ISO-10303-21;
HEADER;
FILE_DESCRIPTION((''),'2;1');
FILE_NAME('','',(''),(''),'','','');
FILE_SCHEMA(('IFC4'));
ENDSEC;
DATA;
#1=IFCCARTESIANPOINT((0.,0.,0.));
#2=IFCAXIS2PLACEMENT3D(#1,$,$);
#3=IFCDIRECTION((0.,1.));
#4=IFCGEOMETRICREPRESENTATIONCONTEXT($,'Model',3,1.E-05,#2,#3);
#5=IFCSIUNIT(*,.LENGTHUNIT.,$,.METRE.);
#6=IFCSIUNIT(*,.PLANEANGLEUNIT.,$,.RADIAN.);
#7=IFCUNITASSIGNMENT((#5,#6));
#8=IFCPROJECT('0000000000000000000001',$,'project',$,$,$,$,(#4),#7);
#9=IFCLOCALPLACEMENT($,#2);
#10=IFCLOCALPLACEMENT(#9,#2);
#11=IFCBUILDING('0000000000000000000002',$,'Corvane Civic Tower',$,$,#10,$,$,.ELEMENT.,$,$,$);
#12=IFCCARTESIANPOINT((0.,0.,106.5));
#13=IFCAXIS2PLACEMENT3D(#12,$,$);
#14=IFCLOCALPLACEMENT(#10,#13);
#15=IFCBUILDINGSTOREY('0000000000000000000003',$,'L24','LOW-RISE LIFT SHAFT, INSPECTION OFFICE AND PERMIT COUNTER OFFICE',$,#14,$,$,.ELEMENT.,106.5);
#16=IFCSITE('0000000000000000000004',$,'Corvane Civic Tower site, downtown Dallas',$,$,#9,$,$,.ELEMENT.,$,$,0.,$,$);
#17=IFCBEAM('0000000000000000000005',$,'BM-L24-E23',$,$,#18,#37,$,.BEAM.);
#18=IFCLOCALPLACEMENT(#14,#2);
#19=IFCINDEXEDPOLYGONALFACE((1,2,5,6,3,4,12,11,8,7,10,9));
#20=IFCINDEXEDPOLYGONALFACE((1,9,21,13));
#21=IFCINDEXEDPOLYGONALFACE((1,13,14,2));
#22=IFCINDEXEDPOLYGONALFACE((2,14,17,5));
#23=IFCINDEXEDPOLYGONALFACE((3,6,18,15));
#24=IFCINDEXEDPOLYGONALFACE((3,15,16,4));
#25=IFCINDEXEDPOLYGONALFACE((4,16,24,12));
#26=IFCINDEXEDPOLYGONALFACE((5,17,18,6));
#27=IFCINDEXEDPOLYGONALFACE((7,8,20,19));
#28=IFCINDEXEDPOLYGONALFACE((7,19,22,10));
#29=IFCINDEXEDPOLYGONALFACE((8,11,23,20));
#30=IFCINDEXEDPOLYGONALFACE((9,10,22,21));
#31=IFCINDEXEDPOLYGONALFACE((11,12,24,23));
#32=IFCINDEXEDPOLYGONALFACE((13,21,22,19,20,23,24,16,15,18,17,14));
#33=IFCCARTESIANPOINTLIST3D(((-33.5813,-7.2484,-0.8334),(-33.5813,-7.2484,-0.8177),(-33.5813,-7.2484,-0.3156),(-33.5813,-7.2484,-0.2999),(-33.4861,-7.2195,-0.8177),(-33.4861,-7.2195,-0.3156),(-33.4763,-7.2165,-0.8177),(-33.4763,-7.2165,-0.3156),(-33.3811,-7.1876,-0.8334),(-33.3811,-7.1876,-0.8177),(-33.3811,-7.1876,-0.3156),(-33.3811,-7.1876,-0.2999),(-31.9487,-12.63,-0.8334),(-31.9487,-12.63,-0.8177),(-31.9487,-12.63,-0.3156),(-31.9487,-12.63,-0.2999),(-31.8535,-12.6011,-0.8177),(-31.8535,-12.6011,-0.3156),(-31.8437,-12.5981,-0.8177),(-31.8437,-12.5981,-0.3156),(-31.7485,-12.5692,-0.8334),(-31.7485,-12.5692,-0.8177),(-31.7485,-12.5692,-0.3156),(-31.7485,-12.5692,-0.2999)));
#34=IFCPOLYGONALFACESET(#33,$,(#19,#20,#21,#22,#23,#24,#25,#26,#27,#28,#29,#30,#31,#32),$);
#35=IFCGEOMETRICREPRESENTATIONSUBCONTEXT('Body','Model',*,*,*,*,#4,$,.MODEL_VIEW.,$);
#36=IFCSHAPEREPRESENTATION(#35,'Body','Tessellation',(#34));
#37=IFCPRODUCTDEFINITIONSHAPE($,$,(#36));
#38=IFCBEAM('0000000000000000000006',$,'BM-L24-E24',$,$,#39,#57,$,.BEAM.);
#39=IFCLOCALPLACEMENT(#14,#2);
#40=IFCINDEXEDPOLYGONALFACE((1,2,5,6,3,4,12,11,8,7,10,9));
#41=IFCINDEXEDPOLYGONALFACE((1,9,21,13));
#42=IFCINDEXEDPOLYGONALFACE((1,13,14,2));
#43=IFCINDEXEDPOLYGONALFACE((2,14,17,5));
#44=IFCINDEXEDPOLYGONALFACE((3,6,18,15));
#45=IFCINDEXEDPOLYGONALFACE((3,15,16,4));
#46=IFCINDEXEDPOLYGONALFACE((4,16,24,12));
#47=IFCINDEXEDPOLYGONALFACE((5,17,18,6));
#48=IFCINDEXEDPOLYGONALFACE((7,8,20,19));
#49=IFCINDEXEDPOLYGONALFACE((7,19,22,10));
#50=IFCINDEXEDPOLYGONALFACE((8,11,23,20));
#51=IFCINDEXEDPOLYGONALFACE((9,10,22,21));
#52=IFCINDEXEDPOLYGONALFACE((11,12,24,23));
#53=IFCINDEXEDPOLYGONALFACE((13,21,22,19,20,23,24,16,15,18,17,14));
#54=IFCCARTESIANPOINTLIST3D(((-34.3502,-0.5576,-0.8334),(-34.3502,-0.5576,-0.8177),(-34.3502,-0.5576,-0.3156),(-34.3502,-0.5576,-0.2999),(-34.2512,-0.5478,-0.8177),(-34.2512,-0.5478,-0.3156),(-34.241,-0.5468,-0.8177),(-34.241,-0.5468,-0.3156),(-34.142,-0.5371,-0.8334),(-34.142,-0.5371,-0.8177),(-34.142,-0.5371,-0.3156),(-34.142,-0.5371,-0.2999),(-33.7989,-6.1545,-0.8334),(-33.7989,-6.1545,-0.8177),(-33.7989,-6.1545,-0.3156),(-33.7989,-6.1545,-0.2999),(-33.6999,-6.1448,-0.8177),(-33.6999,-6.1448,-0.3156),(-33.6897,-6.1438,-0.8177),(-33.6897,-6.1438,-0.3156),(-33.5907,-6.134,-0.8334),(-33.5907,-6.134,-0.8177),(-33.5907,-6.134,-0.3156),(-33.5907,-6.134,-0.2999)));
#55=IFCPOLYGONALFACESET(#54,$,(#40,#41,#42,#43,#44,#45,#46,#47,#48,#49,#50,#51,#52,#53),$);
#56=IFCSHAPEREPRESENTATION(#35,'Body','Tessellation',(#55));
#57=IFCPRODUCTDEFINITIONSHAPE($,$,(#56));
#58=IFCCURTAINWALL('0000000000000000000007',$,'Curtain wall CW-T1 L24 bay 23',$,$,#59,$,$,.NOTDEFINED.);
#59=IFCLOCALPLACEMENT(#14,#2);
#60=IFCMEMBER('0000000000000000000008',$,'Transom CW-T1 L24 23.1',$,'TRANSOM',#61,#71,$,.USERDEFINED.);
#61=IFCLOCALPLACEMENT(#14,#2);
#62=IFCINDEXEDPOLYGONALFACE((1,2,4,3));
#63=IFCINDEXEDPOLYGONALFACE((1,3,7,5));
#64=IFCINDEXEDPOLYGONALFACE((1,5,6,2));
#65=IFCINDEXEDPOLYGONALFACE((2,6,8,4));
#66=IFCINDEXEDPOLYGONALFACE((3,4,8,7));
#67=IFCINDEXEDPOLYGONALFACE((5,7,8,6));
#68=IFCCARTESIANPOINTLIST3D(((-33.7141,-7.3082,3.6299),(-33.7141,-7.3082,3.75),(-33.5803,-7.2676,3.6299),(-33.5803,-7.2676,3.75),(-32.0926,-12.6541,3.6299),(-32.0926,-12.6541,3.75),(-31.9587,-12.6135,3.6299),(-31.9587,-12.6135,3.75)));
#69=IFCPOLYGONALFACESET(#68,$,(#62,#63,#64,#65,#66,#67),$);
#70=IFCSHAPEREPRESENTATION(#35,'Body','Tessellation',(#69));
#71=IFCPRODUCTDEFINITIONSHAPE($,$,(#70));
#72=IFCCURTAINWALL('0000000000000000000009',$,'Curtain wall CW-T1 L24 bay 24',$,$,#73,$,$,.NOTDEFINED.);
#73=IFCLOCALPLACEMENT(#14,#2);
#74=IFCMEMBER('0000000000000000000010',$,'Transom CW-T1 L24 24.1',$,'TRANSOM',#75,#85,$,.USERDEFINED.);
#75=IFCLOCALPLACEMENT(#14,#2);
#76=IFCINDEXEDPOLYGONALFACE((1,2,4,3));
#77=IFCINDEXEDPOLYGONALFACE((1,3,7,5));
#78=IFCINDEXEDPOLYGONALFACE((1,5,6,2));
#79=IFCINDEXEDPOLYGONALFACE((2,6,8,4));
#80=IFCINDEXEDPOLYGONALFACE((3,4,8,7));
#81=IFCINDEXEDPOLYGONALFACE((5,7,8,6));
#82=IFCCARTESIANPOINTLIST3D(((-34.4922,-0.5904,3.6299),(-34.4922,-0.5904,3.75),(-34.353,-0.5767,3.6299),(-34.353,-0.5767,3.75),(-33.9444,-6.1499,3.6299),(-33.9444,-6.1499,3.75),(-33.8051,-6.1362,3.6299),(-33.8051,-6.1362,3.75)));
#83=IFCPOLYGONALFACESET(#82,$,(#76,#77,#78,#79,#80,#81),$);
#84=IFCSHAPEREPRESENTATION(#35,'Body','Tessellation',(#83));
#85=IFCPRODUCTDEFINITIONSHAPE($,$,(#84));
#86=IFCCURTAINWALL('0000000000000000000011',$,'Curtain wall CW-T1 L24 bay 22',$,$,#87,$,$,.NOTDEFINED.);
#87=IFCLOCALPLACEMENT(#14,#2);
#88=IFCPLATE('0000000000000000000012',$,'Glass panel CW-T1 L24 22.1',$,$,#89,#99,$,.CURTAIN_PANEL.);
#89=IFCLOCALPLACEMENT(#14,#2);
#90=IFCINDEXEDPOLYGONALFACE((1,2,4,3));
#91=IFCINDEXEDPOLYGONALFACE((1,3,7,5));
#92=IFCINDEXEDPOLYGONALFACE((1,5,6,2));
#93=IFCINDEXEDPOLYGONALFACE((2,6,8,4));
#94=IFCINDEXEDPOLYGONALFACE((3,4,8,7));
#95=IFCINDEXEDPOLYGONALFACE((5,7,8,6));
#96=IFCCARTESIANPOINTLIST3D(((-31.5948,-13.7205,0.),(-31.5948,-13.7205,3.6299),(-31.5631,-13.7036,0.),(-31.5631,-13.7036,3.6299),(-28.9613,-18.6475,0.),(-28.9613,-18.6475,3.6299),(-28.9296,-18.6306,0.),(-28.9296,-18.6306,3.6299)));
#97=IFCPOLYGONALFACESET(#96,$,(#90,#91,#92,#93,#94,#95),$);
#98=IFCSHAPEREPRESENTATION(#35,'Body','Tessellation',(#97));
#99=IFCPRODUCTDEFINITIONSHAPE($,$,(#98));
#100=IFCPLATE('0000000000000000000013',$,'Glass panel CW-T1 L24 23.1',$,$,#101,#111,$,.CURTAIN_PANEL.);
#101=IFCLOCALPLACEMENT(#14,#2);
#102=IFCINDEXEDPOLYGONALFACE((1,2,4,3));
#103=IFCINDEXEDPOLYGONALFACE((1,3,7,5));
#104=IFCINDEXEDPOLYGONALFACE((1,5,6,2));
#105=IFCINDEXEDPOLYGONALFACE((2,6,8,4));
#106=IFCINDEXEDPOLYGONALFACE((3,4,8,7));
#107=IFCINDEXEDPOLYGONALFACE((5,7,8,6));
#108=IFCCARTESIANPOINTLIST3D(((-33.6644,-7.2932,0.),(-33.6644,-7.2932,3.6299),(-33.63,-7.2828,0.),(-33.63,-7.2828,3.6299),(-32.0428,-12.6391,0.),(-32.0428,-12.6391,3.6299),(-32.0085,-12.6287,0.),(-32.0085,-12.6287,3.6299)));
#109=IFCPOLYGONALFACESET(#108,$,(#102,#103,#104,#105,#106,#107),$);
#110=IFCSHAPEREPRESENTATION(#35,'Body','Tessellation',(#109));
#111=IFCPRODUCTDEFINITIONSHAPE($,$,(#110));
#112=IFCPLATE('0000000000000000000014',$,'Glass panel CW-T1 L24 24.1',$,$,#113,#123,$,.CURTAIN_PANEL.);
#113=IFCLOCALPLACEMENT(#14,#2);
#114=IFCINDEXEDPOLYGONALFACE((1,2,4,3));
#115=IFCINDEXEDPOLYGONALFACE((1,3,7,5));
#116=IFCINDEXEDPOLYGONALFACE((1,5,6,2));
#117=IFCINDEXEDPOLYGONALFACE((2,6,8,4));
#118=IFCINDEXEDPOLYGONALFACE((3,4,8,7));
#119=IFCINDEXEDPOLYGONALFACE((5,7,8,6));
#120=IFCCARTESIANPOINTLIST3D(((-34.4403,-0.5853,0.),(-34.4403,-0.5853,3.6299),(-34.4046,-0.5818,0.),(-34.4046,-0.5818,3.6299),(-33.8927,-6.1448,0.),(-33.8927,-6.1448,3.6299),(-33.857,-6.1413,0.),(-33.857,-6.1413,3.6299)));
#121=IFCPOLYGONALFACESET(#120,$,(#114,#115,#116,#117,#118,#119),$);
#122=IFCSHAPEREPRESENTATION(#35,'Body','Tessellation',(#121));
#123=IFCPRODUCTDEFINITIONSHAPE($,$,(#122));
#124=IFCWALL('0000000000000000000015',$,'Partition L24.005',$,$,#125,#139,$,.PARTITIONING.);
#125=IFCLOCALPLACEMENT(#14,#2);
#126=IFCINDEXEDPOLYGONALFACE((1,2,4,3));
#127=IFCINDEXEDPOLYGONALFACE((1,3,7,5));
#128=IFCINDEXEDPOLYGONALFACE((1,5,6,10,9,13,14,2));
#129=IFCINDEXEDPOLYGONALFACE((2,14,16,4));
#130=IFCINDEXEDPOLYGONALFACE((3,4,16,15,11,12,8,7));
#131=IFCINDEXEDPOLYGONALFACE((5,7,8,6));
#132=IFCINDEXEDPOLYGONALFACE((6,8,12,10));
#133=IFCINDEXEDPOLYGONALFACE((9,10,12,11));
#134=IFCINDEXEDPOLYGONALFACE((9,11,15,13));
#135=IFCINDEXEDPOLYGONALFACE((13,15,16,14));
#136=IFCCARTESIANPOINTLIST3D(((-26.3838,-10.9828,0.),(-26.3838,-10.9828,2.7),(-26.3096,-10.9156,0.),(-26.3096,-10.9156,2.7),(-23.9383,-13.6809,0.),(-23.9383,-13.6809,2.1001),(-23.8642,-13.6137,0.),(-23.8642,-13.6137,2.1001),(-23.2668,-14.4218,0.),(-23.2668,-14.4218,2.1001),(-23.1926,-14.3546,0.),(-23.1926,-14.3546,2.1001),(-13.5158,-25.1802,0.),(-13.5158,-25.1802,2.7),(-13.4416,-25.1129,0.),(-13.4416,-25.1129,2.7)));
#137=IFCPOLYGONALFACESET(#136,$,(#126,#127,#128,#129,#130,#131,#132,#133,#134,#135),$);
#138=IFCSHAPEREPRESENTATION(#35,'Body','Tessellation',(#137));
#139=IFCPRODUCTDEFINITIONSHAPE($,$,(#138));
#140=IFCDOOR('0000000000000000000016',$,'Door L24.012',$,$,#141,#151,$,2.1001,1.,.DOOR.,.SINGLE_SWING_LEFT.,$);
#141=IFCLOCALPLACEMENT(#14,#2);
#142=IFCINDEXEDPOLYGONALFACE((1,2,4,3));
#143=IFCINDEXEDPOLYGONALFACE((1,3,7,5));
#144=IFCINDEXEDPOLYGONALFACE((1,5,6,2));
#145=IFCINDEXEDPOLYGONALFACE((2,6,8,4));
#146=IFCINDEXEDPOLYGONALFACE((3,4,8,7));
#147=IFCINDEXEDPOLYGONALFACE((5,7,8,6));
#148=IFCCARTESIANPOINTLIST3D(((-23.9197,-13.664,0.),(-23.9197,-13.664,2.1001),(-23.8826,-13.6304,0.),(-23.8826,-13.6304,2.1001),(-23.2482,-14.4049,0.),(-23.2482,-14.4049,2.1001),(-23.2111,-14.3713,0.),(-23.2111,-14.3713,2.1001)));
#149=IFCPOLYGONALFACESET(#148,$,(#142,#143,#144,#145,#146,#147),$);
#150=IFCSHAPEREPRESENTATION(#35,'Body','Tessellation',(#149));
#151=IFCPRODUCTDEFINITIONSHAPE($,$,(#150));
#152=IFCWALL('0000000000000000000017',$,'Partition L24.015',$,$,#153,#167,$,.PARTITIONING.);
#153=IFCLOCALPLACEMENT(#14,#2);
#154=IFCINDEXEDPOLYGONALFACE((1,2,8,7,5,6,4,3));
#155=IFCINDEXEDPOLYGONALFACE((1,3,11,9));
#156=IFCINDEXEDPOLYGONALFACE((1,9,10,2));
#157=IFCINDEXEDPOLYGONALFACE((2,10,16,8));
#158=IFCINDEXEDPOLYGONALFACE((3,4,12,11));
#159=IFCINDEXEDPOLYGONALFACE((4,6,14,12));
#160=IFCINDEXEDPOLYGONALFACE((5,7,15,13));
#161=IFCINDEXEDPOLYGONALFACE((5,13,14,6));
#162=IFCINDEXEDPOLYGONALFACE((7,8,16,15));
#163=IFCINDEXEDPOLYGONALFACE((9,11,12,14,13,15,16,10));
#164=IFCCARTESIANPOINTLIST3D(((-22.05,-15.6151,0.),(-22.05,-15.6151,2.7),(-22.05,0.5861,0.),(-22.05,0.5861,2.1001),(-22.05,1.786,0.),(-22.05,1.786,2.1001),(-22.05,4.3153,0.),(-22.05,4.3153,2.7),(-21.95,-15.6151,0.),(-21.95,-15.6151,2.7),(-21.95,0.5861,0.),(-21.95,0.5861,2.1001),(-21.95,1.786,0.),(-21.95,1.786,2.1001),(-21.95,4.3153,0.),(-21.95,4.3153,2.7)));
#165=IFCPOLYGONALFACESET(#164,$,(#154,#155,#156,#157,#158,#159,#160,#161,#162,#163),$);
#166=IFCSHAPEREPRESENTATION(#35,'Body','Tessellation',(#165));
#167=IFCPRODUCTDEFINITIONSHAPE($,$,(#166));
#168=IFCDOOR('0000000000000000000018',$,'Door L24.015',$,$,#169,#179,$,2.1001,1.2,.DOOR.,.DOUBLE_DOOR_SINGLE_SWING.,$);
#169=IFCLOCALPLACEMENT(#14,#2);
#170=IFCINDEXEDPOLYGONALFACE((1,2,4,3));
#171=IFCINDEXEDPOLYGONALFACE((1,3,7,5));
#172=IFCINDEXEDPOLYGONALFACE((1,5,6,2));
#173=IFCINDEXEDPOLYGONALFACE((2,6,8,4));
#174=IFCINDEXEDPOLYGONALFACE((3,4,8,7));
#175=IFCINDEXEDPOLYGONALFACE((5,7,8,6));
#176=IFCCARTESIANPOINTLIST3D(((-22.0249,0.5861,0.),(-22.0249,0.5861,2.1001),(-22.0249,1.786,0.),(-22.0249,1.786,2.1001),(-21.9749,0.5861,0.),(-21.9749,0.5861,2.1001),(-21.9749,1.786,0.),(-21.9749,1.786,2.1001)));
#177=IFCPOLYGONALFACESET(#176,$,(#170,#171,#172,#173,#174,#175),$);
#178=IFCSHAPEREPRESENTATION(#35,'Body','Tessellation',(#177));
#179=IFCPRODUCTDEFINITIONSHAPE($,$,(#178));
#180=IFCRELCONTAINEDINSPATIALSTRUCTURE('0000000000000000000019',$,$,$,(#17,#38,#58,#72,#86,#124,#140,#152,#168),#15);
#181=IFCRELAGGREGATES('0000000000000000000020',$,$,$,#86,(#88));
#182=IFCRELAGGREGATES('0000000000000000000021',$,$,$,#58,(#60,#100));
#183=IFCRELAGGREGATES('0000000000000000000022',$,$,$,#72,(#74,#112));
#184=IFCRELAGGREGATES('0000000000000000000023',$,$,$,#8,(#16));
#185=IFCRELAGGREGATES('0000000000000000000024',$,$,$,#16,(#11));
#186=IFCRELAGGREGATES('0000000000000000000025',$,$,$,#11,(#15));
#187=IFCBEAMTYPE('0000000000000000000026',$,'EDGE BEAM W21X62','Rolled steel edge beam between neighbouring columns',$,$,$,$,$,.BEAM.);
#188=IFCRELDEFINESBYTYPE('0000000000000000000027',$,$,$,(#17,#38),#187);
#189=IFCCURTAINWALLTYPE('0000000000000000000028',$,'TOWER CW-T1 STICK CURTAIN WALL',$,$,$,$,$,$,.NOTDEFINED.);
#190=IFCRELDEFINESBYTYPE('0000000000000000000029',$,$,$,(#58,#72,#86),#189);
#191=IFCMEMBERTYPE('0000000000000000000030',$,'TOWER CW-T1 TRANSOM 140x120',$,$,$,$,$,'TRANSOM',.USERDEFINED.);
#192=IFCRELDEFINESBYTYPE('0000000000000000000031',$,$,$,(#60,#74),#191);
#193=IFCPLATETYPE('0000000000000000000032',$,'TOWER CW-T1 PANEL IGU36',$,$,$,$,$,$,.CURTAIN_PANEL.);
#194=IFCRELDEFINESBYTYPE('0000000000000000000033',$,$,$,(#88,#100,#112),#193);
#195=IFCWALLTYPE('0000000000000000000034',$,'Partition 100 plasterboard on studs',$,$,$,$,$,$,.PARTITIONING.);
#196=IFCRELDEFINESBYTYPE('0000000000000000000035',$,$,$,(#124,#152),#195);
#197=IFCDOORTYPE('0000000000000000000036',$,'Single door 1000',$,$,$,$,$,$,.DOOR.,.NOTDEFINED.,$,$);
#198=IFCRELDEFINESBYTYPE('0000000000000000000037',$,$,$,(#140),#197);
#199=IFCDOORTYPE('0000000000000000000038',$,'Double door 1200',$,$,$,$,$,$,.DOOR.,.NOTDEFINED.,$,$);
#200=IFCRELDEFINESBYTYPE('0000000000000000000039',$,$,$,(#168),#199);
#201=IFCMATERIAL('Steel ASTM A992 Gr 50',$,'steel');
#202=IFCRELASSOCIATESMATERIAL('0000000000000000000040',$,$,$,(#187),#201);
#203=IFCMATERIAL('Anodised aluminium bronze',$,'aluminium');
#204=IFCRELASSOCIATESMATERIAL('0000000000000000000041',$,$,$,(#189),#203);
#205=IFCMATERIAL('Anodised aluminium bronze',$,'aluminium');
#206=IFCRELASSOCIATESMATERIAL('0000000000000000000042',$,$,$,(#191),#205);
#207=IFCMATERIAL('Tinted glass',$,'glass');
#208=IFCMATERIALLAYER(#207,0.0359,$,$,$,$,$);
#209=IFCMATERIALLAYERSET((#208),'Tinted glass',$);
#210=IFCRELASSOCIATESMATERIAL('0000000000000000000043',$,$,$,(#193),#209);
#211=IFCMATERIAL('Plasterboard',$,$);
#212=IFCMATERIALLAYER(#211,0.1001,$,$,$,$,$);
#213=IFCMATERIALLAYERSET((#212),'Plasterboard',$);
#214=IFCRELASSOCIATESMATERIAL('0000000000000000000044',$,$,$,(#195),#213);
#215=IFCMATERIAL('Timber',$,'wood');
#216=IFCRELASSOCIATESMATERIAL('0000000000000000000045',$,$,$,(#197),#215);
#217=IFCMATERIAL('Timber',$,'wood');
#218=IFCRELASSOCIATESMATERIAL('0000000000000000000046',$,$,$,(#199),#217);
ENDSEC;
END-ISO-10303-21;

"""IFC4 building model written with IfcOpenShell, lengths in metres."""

from ifc_helpers import new_model, si_unit, direction, frame, frame_2d, origin, origin_2d, place, context, subcontext, project, spatial, rectangle, i_section, extrude, material, layer, layer_set, material_profile, profile_set, type_object, element, fill, aggregate, save


model = new_model("IFC4")

# Units and contexts
model_context = context("Model", 3, precision=1e-05, world=origin(), true_north=direction((0.0, 1.0)))
body_context = subcontext(model_context, "Body", "Model", "MODEL_VIEW")
ifc_project = project(units=[si_unit("LENGTHUNIT", "METRE"), si_unit("PLANEANGLEUNIT", "RADIAN")], contexts=[model_context])

# Site, building, storey
site_placement = place(None, origin())
site = spatial("IfcSite", under=ifc_project, at=site_placement, Name="Corvane Civic Tower site, downtown Dallas", CompositionType="ELEMENT", RefElevation=0.0)
building_placement = place(site_placement, origin())
building = spatial("IfcBuilding", under=site, at=building_placement, Name="Corvane Civic Tower", CompositionType="ELEMENT")
storey_placement = place(building_placement, frame((0.0, 0.0, 106.5)))
storey = spatial("IfcBuildingStorey", under=building, at=storey_placement, Name="L24", Description="LOW-RISE LIFT SHAFT, INSPECTION OFFICE AND PERMIT COUNTER OFFICE", CompositionType="ELEMENT", Elevation=106.5)

# Beams
ifc_material_1 = material(Name="Steel ASTM A992 Gr 50", Category="steel")
ifc_material_profile_1 = material_profile(ifc_material_1, i_section(OverallWidth=0.2092, OverallDepth=0.5334, WebThickness=0.0103, FlangeThickness=0.0156, at=origin_2d()), Name="W21X62")
ifc_profile_set_1 = profile_set([ifc_material_profile_1], Name="Steel ASTM A992 Gr 50")
beam_type = type_object("IfcBeamType", Name="EDGE BEAM W21X62", Description="Rolled steel edge beam between neighbouring columns", PredefinedType="BEAM", material=ifc_profile_set_1)
beam_1_placement = place(storey_placement, frame((-31.8486, -12.5996, -0.5667), z_axis=(-0.290298, 0.956936, 0.0), x_axis=(-0.956936, -0.290298, 0.0)))
element("IfcBeam", 1, at=beam_1_placement, inside=storey, type_object=beam_type, Name="BM-L24-E23", PredefinedType="BEAM", context=body_context, shape_type="SweptSolid", body=[
    extrude(i_section(OverallWidth=0.2092, OverallDepth=0.5334, WebThickness=0.0103, FlangeThickness=0.0156, at=origin_2d()), origin(), (0.0, 0.0, 1.0), 5.6238),
])
beam_2_placement = place(storey_placement, frame((-33.6948, -6.1443, -0.5667), z_axis=(-0.098021, 0.995184, 0.0), x_axis=(-0.995184, -0.098021, 0.0)))
element("IfcBeam", 2, at=beam_2_placement, inside=storey, type_object=beam_type, Name="BM-L24-E24", PredefinedType="BEAM", context=body_context, shape_type="SweptSolid", body=[
    extrude(i_section(OverallWidth=0.2092, OverallDepth=0.5334, WebThickness=0.0103, FlangeThickness=0.0156, at=origin_2d()), origin(), (0.0, 0.0, 1.0), 5.624),
])

# Curtain walls, members
ifc_material_2 = material(Name="Anodised aluminium bronze", Category="aluminium")
curtain_wall_type = type_object("IfcCurtainWallType", Name="TOWER CW-T1 STICK CURTAIN WALL", PredefinedType="NOTDEFINED", material=ifc_material_2)
curtain_wall_1_placement = place(storey_placement, origin())
curtain_wall_1 = element("IfcCurtainWall", 3, at=curtain_wall_1_placement, inside=storey, type_object=curtain_wall_type, Name="Curtain wall CW-T1 L24 bay 23", PredefinedType="NOTDEFINED")
ifc_material_3 = material(Name="Anodised aluminium bronze", Category="aluminium")
ifc_material_profile_2 = material_profile(ifc_material_3, rectangle(XDim=0.1399, YDim=0.1201, at=origin_2d()), Name="TOWER CW-T1 TRANSOM 140x120")
ifc_profile_set_2 = profile_set([ifc_material_profile_2], Name="Anodised aluminium bronze")
member_type = type_object("IfcMemberType", Name="TOWER CW-T1 TRANSOM 140x120", ElementType="TRANSOM", PredefinedType="USERDEFINED", material=ifc_profile_set_2)
member_1_placement = place(storey_placement, frame((-32.0256, -12.6338, 3.6899), z_axis=(-0.290269, 0.956945, 0.0), x_axis=(-0.956945, -0.290269, 0.0)))
member_1 = element("IfcMember", 4, at=member_1_placement, type_object=member_type, Name="Transom CW-T1 L24 23.1", ObjectType="TRANSOM", PredefinedType="USERDEFINED", context=body_context, shape_type="SweptSolid", body=[
    extrude(rectangle(XDim=0.1399, YDim=0.1201, at=origin_2d()), origin(), (0.0, 0.0, 1.0), 5.5864),
])
curtain_wall_2_placement = place(storey_placement, origin())
curtain_wall_2 = element("IfcCurtainWall", 5, at=curtain_wall_2_placement, inside=storey, type_object=curtain_wall_type, Name="Curtain wall CW-T1 L24 bay 24", PredefinedType="NOTDEFINED")
member_2_placement = place(storey_placement, frame((-33.8748, -6.1431, 3.6899), z_axis=(-0.098067, 0.99518, 0.0), x_axis=(-0.99518, -0.098067, 0.0)))
member_2 = element("IfcMember", 6, at=member_2_placement, type_object=member_type, Name="Transom CW-T1 L24 24.1", ObjectType="TRANSOM", PredefinedType="USERDEFINED", context=body_context, shape_type="SweptSolid", body=[
    extrude(rectangle(XDim=0.1399, YDim=0.1201, at=origin_2d()), origin(), (0.0, 0.0, 1.0), 5.5864),
])

# Curtain wall, plate
curtain_wall_3_placement = place(storey_placement, origin())
curtain_wall_3 = element("IfcCurtainWall", 7, at=curtain_wall_3_placement, inside=storey, type_object=curtain_wall_type, Name="Curtain wall CW-T1 L24 bay 22", PredefinedType="NOTDEFINED")
ifc_material_4 = material(Name="Tinted glass", Category="glass")
ifc_layer_1 = layer(ifc_material_4, 0.0359)
ifc_layer_set_1 = layer_set([ifc_layer_1], Name="Tinted glass")
plate_type = type_object("IfcPlateType", Name="TOWER CW-T1 PANEL IGU36", PredefinedType="CURTAIN_PANEL", material=ifc_layer_set_1)
plate_1_placement = place(storey_placement, frame((-30.2622, -16.1755, 0.0), z_axis=(0.0, 0.0, 1.0), x_axis=(-0.471392, 0.881924, 0.0)))
plate_1 = element("IfcPlate", 8, at=plate_1_placement, type_object=plate_type, Name="Glass panel CW-T1 L24 22.1", PredefinedType="CURTAIN_PANEL", context=body_context, shape_type="SweptSolid", body=[
    extrude(rectangle(XDim=5.5867, YDim=0.0359, at=origin_2d()), origin(), (0.0, 0.0, 1.0), 3.6299),
])
aggregate(curtain_wall_3, [plate_1])

# Plates
plate_2_placement = place(storey_placement, frame((-32.8364, -9.9609, 0.0), z_axis=(0.0, 0.0, 1.0), x_axis=(-0.290266, 0.956946, 0.0)))
plate_2 = element("IfcPlate", 9, at=plate_2_placement, type_object=plate_type, Name="Glass panel CW-T1 L24 23.1", PredefinedType="CURTAIN_PANEL", context=body_context, shape_type="SweptSolid", body=[
    extrude(rectangle(XDim=5.5864, YDim=0.0359, at=origin_2d()), origin(), (0.0, 0.0, 1.0), 3.6299),
])
aggregate(curtain_wall_1, [member_1, plate_2])
plate_3_placement = place(storey_placement, frame((-34.1487, -3.3633, 0.0), z_axis=(0.0, 0.0, 1.0), x_axis=(-0.098027, 0.995184, 0.0)))
plate_3 = element("IfcPlate", 10, at=plate_3_placement, type_object=plate_type, Name="Glass panel CW-T1 L24 24.1", PredefinedType="CURTAIN_PANEL", context=body_context, shape_type="SweptSolid", body=[
    extrude(rectangle(XDim=5.5864, YDim=0.0359, at=origin_2d()), origin(), (0.0, 0.0, 1.0), 3.6299),
])
aggregate(curtain_wall_2, [member_2, plate_3])

# Walls, openings, doors
ifc_material_5 = material(Name="Plasterboard")
ifc_layer_2 = layer(ifc_material_5, 0.1001)
ifc_layer_set_2 = layer_set([ifc_layer_2], Name="Plasterboard")
wall_type_1 = type_object("IfcWallType", Name="Partition 100 plasterboard on studs", PredefinedType="PARTITIONING", material=ifc_layer_set_2)
wall_1_placement = place(storey_placement, frame((-26.3467, -10.9492, 0.0), z_axis=(0.0, 0.0, 1.0), x_axis=(0.671567, -0.740944, 0.0)))
wall_1 = element("IfcWall", 11, at=wall_1_placement, inside=storey, type_object=wall_type_1, Name="Partition L24.005", PredefinedType="PARTITIONING", context=body_context, shape_type="SweptSolid", body=[
    extrude(rectangle(XDim=19.1611, YDim=0.1001, at=frame_2d((9.5806, 0.0))), origin(), (0.0, 0.0, 1.0), 2.7),
])
opening_1_placement = place(wall_1_placement, frame((3.6414, 0.0, 0.0)))
opening_1 = element("IfcOpeningElement", 12, at=opening_1_placement, cuts=wall_1, PredefinedType="OPENING", context=body_context, shape_type="SweptSolid", body=[
    extrude(rectangle(XDim=1.0, YDim=2.1001, at=frame_2d((0.5, 1.05))), frame((0.0, 0.0601, 0.0), z_axis=(0.0, -1.0, 0.0), x_axis=(1.0, 0.0, 0.0)), (0.0, 0.0, 1.0), 0.1201),
])
ifc_material_6 = material(Name="Timber", Category="wood")
door_type_1 = type_object("IfcDoorType", Name="Single door 1000", OperationType="NOTDEFINED", PredefinedType="DOOR", material=ifc_material_6)
door_1_placement = place(opening_1_placement, frame((1.0, 0.0, 0.0), z_axis=(0.0, 0.0, 1.0), x_axis=(-1.0, 0.0, 0.0)))
door_1 = element("IfcDoor", 13, at=door_1_placement, inside=storey, type_object=door_type_1, Name="Door L24.012", OperationType="SINGLE_SWING_LEFT", OverallHeight=2.1001, OverallWidth=1.0, PredefinedType="DOOR", context=body_context, shape_type="SweptSolid", body=[
    extrude(rectangle(XDim=1.0, YDim=2.1001, at=frame_2d((0.5, 1.05))), frame((0.0, 0.0249, 0.0), z_axis=(0.0, -1.0, 0.0), x_axis=(1.0, 0.0, 0.0)), (0.0, 0.0, 1.0), 0.05),
])
fill(opening_1, door_1)
wall_2_placement = place(storey_placement, frame((-22.0, -15.6152, 0.0), z_axis=(0.0, 0.0, 1.0), x_axis=(0.0, 1.0, 0.0)))
wall_2 = element("IfcWall", 14, at=wall_2_placement, inside=storey, type_object=wall_type_1, Name="Partition L24.015", PredefinedType="PARTITIONING", context=body_context, shape_type="SweptSolid", body=[
    extrude(rectangle(XDim=19.9304, YDim=0.1001, at=frame_2d((9.9653, 0.0))), origin(), (0.0, 0.0, 1.0), 2.7),
])
opening_2_placement = place(wall_2_placement, frame((16.2012, 0.0, 0.0)))
opening_2 = element("IfcOpeningElement", 15, at=opening_2_placement, cuts=wall_2, PredefinedType="OPENING", context=body_context, shape_type="SweptSolid", body=[
    extrude(rectangle(XDim=1.2, YDim=2.1001, at=frame_2d((0.6001, 1.05))), frame((0.0, 0.0601, 0.0), z_axis=(0.0, -1.0, 0.0), x_axis=(1.0, 0.0, 0.0)), (0.0, 0.0, 1.0), 0.1201),
])
ifc_material_7 = material(Name="Timber", Category="wood")
door_type_2 = type_object("IfcDoorType", Name="Double door 1200", OperationType="NOTDEFINED", PredefinedType="DOOR", material=ifc_material_7)
door_2_placement = place(opening_2_placement, origin())
door_2 = element("IfcDoor", 16, at=door_2_placement, inside=storey, type_object=door_type_2, Name="Door L24.015", OperationType="DOUBLE_DOOR_SINGLE_SWING", OverallHeight=2.1001, OverallWidth=1.2, PredefinedType="DOOR", context=body_context, shape_type="SweptSolid", body=[
    extrude(rectangle(XDim=1.2, YDim=2.1001, at=frame_2d((0.6001, 1.05))), frame((0.0, 0.0249, 0.0), z_axis=(0.0, -1.0, 0.0), x_axis=(1.0, 0.0, 0.0)), (0.0, 0.0, 1.0), 0.05),
])
fill(opening_2, door_2)

save(model, "model.ifc")
